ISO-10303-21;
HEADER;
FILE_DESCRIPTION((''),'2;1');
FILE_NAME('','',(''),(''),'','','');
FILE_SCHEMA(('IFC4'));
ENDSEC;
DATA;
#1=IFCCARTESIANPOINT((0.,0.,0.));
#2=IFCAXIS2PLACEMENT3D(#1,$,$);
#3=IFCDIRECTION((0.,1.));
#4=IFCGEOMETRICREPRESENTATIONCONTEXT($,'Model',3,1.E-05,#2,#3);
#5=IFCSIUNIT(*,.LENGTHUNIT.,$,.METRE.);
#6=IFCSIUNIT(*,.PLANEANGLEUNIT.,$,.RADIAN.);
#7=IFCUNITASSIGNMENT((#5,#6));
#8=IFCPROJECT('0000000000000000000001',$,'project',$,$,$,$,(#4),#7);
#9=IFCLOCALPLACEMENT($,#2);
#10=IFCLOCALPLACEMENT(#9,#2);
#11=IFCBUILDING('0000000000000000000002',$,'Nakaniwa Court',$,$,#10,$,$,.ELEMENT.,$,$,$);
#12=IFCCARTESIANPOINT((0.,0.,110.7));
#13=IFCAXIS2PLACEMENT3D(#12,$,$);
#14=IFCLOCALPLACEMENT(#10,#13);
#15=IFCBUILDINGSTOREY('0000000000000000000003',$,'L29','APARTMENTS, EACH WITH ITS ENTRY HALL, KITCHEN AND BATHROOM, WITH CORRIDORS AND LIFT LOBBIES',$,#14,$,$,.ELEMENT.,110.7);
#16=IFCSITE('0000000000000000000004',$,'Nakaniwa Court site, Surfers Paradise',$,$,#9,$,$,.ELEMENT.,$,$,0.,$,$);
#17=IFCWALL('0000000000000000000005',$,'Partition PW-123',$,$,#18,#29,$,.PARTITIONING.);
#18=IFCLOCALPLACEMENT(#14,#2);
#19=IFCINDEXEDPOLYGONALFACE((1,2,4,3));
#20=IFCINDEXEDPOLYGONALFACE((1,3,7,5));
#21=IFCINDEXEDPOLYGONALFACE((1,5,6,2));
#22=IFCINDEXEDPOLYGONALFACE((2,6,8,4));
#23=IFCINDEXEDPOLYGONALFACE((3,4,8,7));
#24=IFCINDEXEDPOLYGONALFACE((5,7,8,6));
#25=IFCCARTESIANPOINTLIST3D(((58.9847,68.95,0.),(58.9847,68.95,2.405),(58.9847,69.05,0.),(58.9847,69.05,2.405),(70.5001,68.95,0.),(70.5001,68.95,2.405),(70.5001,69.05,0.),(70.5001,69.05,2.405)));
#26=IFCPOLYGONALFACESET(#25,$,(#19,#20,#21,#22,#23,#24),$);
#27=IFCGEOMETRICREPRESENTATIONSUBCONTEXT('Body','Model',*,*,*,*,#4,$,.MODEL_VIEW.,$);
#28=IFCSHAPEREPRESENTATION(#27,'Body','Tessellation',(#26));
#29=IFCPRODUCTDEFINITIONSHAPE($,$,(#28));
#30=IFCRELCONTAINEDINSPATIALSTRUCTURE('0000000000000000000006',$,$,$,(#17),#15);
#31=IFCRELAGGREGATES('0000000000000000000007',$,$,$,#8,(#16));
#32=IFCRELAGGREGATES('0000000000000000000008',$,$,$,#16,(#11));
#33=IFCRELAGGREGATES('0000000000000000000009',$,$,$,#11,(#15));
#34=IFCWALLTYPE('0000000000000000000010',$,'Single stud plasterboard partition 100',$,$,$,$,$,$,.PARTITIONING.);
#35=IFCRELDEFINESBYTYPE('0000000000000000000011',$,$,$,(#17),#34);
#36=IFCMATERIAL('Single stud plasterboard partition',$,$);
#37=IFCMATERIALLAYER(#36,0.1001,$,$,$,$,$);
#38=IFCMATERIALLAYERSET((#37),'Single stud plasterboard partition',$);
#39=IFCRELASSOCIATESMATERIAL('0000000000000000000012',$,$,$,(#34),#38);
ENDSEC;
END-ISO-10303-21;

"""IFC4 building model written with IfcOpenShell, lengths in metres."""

from ifc_helpers import new_model, si_unit, direction, frame, frame_2d, origin, place, context, subcontext, project, spatial, rectangle, extrude, material, layer, layer_set, type_object, element, save


model = new_model("IFC4")

# Units and contexts
model_context = context("Model", 3, precision=1e-05, world=origin(), true_north=direction((0.0, 1.0)))
body_context = subcontext(model_context, "Body", "Model", "MODEL_VIEW")
ifc_project = project(units=[si_unit("LENGTHUNIT", "METRE"), si_unit("PLANEANGLEUNIT", "RADIAN")], contexts=[model_context])

# Site, building, storey
site_placement = place(None, origin())
site = spatial("IfcSite", under=ifc_project, at=site_placement, Name="Nakaniwa Court site, Surfers Paradise", CompositionType="ELEMENT", RefElevation=0.0)
building_placement = place(site_placement, origin())
building = spatial("IfcBuilding", under=site, at=building_placement, Name="Nakaniwa Court", CompositionType="ELEMENT")
storey_placement = place(building_placement, frame((0.0, 0.0, 110.7)))
storey = spatial("IfcBuildingStorey", under=building, at=storey_placement, Name="L29", Description="APARTMENTS, EACH WITH ITS ENTRY HALL, KITCHEN AND BATHROOM, WITH CORRIDORS AND LIFT LOBBIES", CompositionType="ELEMENT", Elevation=110.7)

# Shared definitions
ifc_material_1 = material(Name="Single stud plasterboard partition")
ifc_layer_1 = layer(ifc_material_1, 0.1001)
ifc_layer_set_1 = layer_set([ifc_layer_1], Name="Single stud plasterboard partition")
wall_type_1 = type_object("IfcWallType", Name="Single stud plasterboard partition 100", PredefinedType="PARTITIONING", material=ifc_layer_set_1)

# Wall
wall_1_placement = place(storey_placement, frame((58.9846, 69.0, 0.0), z_axis=(0.0, 0.0, 1.0), x_axis=(1.0, 0.0, 0.0)))
element("IfcWall", 1, at=wall_1_placement, inside=storey, type_object=wall_type_1, Name="Partition PW-123", PredefinedType="PARTITIONING", context=body_context, shape_type="SweptSolid", body=[
    extrude(rectangle(XDim=11.5154, YDim=0.1001, at=frame_2d((5.7578, 0.0))), origin(), (0.0, 0.0, 1.0), 2.405),
])

save(model, "model.ifc")
